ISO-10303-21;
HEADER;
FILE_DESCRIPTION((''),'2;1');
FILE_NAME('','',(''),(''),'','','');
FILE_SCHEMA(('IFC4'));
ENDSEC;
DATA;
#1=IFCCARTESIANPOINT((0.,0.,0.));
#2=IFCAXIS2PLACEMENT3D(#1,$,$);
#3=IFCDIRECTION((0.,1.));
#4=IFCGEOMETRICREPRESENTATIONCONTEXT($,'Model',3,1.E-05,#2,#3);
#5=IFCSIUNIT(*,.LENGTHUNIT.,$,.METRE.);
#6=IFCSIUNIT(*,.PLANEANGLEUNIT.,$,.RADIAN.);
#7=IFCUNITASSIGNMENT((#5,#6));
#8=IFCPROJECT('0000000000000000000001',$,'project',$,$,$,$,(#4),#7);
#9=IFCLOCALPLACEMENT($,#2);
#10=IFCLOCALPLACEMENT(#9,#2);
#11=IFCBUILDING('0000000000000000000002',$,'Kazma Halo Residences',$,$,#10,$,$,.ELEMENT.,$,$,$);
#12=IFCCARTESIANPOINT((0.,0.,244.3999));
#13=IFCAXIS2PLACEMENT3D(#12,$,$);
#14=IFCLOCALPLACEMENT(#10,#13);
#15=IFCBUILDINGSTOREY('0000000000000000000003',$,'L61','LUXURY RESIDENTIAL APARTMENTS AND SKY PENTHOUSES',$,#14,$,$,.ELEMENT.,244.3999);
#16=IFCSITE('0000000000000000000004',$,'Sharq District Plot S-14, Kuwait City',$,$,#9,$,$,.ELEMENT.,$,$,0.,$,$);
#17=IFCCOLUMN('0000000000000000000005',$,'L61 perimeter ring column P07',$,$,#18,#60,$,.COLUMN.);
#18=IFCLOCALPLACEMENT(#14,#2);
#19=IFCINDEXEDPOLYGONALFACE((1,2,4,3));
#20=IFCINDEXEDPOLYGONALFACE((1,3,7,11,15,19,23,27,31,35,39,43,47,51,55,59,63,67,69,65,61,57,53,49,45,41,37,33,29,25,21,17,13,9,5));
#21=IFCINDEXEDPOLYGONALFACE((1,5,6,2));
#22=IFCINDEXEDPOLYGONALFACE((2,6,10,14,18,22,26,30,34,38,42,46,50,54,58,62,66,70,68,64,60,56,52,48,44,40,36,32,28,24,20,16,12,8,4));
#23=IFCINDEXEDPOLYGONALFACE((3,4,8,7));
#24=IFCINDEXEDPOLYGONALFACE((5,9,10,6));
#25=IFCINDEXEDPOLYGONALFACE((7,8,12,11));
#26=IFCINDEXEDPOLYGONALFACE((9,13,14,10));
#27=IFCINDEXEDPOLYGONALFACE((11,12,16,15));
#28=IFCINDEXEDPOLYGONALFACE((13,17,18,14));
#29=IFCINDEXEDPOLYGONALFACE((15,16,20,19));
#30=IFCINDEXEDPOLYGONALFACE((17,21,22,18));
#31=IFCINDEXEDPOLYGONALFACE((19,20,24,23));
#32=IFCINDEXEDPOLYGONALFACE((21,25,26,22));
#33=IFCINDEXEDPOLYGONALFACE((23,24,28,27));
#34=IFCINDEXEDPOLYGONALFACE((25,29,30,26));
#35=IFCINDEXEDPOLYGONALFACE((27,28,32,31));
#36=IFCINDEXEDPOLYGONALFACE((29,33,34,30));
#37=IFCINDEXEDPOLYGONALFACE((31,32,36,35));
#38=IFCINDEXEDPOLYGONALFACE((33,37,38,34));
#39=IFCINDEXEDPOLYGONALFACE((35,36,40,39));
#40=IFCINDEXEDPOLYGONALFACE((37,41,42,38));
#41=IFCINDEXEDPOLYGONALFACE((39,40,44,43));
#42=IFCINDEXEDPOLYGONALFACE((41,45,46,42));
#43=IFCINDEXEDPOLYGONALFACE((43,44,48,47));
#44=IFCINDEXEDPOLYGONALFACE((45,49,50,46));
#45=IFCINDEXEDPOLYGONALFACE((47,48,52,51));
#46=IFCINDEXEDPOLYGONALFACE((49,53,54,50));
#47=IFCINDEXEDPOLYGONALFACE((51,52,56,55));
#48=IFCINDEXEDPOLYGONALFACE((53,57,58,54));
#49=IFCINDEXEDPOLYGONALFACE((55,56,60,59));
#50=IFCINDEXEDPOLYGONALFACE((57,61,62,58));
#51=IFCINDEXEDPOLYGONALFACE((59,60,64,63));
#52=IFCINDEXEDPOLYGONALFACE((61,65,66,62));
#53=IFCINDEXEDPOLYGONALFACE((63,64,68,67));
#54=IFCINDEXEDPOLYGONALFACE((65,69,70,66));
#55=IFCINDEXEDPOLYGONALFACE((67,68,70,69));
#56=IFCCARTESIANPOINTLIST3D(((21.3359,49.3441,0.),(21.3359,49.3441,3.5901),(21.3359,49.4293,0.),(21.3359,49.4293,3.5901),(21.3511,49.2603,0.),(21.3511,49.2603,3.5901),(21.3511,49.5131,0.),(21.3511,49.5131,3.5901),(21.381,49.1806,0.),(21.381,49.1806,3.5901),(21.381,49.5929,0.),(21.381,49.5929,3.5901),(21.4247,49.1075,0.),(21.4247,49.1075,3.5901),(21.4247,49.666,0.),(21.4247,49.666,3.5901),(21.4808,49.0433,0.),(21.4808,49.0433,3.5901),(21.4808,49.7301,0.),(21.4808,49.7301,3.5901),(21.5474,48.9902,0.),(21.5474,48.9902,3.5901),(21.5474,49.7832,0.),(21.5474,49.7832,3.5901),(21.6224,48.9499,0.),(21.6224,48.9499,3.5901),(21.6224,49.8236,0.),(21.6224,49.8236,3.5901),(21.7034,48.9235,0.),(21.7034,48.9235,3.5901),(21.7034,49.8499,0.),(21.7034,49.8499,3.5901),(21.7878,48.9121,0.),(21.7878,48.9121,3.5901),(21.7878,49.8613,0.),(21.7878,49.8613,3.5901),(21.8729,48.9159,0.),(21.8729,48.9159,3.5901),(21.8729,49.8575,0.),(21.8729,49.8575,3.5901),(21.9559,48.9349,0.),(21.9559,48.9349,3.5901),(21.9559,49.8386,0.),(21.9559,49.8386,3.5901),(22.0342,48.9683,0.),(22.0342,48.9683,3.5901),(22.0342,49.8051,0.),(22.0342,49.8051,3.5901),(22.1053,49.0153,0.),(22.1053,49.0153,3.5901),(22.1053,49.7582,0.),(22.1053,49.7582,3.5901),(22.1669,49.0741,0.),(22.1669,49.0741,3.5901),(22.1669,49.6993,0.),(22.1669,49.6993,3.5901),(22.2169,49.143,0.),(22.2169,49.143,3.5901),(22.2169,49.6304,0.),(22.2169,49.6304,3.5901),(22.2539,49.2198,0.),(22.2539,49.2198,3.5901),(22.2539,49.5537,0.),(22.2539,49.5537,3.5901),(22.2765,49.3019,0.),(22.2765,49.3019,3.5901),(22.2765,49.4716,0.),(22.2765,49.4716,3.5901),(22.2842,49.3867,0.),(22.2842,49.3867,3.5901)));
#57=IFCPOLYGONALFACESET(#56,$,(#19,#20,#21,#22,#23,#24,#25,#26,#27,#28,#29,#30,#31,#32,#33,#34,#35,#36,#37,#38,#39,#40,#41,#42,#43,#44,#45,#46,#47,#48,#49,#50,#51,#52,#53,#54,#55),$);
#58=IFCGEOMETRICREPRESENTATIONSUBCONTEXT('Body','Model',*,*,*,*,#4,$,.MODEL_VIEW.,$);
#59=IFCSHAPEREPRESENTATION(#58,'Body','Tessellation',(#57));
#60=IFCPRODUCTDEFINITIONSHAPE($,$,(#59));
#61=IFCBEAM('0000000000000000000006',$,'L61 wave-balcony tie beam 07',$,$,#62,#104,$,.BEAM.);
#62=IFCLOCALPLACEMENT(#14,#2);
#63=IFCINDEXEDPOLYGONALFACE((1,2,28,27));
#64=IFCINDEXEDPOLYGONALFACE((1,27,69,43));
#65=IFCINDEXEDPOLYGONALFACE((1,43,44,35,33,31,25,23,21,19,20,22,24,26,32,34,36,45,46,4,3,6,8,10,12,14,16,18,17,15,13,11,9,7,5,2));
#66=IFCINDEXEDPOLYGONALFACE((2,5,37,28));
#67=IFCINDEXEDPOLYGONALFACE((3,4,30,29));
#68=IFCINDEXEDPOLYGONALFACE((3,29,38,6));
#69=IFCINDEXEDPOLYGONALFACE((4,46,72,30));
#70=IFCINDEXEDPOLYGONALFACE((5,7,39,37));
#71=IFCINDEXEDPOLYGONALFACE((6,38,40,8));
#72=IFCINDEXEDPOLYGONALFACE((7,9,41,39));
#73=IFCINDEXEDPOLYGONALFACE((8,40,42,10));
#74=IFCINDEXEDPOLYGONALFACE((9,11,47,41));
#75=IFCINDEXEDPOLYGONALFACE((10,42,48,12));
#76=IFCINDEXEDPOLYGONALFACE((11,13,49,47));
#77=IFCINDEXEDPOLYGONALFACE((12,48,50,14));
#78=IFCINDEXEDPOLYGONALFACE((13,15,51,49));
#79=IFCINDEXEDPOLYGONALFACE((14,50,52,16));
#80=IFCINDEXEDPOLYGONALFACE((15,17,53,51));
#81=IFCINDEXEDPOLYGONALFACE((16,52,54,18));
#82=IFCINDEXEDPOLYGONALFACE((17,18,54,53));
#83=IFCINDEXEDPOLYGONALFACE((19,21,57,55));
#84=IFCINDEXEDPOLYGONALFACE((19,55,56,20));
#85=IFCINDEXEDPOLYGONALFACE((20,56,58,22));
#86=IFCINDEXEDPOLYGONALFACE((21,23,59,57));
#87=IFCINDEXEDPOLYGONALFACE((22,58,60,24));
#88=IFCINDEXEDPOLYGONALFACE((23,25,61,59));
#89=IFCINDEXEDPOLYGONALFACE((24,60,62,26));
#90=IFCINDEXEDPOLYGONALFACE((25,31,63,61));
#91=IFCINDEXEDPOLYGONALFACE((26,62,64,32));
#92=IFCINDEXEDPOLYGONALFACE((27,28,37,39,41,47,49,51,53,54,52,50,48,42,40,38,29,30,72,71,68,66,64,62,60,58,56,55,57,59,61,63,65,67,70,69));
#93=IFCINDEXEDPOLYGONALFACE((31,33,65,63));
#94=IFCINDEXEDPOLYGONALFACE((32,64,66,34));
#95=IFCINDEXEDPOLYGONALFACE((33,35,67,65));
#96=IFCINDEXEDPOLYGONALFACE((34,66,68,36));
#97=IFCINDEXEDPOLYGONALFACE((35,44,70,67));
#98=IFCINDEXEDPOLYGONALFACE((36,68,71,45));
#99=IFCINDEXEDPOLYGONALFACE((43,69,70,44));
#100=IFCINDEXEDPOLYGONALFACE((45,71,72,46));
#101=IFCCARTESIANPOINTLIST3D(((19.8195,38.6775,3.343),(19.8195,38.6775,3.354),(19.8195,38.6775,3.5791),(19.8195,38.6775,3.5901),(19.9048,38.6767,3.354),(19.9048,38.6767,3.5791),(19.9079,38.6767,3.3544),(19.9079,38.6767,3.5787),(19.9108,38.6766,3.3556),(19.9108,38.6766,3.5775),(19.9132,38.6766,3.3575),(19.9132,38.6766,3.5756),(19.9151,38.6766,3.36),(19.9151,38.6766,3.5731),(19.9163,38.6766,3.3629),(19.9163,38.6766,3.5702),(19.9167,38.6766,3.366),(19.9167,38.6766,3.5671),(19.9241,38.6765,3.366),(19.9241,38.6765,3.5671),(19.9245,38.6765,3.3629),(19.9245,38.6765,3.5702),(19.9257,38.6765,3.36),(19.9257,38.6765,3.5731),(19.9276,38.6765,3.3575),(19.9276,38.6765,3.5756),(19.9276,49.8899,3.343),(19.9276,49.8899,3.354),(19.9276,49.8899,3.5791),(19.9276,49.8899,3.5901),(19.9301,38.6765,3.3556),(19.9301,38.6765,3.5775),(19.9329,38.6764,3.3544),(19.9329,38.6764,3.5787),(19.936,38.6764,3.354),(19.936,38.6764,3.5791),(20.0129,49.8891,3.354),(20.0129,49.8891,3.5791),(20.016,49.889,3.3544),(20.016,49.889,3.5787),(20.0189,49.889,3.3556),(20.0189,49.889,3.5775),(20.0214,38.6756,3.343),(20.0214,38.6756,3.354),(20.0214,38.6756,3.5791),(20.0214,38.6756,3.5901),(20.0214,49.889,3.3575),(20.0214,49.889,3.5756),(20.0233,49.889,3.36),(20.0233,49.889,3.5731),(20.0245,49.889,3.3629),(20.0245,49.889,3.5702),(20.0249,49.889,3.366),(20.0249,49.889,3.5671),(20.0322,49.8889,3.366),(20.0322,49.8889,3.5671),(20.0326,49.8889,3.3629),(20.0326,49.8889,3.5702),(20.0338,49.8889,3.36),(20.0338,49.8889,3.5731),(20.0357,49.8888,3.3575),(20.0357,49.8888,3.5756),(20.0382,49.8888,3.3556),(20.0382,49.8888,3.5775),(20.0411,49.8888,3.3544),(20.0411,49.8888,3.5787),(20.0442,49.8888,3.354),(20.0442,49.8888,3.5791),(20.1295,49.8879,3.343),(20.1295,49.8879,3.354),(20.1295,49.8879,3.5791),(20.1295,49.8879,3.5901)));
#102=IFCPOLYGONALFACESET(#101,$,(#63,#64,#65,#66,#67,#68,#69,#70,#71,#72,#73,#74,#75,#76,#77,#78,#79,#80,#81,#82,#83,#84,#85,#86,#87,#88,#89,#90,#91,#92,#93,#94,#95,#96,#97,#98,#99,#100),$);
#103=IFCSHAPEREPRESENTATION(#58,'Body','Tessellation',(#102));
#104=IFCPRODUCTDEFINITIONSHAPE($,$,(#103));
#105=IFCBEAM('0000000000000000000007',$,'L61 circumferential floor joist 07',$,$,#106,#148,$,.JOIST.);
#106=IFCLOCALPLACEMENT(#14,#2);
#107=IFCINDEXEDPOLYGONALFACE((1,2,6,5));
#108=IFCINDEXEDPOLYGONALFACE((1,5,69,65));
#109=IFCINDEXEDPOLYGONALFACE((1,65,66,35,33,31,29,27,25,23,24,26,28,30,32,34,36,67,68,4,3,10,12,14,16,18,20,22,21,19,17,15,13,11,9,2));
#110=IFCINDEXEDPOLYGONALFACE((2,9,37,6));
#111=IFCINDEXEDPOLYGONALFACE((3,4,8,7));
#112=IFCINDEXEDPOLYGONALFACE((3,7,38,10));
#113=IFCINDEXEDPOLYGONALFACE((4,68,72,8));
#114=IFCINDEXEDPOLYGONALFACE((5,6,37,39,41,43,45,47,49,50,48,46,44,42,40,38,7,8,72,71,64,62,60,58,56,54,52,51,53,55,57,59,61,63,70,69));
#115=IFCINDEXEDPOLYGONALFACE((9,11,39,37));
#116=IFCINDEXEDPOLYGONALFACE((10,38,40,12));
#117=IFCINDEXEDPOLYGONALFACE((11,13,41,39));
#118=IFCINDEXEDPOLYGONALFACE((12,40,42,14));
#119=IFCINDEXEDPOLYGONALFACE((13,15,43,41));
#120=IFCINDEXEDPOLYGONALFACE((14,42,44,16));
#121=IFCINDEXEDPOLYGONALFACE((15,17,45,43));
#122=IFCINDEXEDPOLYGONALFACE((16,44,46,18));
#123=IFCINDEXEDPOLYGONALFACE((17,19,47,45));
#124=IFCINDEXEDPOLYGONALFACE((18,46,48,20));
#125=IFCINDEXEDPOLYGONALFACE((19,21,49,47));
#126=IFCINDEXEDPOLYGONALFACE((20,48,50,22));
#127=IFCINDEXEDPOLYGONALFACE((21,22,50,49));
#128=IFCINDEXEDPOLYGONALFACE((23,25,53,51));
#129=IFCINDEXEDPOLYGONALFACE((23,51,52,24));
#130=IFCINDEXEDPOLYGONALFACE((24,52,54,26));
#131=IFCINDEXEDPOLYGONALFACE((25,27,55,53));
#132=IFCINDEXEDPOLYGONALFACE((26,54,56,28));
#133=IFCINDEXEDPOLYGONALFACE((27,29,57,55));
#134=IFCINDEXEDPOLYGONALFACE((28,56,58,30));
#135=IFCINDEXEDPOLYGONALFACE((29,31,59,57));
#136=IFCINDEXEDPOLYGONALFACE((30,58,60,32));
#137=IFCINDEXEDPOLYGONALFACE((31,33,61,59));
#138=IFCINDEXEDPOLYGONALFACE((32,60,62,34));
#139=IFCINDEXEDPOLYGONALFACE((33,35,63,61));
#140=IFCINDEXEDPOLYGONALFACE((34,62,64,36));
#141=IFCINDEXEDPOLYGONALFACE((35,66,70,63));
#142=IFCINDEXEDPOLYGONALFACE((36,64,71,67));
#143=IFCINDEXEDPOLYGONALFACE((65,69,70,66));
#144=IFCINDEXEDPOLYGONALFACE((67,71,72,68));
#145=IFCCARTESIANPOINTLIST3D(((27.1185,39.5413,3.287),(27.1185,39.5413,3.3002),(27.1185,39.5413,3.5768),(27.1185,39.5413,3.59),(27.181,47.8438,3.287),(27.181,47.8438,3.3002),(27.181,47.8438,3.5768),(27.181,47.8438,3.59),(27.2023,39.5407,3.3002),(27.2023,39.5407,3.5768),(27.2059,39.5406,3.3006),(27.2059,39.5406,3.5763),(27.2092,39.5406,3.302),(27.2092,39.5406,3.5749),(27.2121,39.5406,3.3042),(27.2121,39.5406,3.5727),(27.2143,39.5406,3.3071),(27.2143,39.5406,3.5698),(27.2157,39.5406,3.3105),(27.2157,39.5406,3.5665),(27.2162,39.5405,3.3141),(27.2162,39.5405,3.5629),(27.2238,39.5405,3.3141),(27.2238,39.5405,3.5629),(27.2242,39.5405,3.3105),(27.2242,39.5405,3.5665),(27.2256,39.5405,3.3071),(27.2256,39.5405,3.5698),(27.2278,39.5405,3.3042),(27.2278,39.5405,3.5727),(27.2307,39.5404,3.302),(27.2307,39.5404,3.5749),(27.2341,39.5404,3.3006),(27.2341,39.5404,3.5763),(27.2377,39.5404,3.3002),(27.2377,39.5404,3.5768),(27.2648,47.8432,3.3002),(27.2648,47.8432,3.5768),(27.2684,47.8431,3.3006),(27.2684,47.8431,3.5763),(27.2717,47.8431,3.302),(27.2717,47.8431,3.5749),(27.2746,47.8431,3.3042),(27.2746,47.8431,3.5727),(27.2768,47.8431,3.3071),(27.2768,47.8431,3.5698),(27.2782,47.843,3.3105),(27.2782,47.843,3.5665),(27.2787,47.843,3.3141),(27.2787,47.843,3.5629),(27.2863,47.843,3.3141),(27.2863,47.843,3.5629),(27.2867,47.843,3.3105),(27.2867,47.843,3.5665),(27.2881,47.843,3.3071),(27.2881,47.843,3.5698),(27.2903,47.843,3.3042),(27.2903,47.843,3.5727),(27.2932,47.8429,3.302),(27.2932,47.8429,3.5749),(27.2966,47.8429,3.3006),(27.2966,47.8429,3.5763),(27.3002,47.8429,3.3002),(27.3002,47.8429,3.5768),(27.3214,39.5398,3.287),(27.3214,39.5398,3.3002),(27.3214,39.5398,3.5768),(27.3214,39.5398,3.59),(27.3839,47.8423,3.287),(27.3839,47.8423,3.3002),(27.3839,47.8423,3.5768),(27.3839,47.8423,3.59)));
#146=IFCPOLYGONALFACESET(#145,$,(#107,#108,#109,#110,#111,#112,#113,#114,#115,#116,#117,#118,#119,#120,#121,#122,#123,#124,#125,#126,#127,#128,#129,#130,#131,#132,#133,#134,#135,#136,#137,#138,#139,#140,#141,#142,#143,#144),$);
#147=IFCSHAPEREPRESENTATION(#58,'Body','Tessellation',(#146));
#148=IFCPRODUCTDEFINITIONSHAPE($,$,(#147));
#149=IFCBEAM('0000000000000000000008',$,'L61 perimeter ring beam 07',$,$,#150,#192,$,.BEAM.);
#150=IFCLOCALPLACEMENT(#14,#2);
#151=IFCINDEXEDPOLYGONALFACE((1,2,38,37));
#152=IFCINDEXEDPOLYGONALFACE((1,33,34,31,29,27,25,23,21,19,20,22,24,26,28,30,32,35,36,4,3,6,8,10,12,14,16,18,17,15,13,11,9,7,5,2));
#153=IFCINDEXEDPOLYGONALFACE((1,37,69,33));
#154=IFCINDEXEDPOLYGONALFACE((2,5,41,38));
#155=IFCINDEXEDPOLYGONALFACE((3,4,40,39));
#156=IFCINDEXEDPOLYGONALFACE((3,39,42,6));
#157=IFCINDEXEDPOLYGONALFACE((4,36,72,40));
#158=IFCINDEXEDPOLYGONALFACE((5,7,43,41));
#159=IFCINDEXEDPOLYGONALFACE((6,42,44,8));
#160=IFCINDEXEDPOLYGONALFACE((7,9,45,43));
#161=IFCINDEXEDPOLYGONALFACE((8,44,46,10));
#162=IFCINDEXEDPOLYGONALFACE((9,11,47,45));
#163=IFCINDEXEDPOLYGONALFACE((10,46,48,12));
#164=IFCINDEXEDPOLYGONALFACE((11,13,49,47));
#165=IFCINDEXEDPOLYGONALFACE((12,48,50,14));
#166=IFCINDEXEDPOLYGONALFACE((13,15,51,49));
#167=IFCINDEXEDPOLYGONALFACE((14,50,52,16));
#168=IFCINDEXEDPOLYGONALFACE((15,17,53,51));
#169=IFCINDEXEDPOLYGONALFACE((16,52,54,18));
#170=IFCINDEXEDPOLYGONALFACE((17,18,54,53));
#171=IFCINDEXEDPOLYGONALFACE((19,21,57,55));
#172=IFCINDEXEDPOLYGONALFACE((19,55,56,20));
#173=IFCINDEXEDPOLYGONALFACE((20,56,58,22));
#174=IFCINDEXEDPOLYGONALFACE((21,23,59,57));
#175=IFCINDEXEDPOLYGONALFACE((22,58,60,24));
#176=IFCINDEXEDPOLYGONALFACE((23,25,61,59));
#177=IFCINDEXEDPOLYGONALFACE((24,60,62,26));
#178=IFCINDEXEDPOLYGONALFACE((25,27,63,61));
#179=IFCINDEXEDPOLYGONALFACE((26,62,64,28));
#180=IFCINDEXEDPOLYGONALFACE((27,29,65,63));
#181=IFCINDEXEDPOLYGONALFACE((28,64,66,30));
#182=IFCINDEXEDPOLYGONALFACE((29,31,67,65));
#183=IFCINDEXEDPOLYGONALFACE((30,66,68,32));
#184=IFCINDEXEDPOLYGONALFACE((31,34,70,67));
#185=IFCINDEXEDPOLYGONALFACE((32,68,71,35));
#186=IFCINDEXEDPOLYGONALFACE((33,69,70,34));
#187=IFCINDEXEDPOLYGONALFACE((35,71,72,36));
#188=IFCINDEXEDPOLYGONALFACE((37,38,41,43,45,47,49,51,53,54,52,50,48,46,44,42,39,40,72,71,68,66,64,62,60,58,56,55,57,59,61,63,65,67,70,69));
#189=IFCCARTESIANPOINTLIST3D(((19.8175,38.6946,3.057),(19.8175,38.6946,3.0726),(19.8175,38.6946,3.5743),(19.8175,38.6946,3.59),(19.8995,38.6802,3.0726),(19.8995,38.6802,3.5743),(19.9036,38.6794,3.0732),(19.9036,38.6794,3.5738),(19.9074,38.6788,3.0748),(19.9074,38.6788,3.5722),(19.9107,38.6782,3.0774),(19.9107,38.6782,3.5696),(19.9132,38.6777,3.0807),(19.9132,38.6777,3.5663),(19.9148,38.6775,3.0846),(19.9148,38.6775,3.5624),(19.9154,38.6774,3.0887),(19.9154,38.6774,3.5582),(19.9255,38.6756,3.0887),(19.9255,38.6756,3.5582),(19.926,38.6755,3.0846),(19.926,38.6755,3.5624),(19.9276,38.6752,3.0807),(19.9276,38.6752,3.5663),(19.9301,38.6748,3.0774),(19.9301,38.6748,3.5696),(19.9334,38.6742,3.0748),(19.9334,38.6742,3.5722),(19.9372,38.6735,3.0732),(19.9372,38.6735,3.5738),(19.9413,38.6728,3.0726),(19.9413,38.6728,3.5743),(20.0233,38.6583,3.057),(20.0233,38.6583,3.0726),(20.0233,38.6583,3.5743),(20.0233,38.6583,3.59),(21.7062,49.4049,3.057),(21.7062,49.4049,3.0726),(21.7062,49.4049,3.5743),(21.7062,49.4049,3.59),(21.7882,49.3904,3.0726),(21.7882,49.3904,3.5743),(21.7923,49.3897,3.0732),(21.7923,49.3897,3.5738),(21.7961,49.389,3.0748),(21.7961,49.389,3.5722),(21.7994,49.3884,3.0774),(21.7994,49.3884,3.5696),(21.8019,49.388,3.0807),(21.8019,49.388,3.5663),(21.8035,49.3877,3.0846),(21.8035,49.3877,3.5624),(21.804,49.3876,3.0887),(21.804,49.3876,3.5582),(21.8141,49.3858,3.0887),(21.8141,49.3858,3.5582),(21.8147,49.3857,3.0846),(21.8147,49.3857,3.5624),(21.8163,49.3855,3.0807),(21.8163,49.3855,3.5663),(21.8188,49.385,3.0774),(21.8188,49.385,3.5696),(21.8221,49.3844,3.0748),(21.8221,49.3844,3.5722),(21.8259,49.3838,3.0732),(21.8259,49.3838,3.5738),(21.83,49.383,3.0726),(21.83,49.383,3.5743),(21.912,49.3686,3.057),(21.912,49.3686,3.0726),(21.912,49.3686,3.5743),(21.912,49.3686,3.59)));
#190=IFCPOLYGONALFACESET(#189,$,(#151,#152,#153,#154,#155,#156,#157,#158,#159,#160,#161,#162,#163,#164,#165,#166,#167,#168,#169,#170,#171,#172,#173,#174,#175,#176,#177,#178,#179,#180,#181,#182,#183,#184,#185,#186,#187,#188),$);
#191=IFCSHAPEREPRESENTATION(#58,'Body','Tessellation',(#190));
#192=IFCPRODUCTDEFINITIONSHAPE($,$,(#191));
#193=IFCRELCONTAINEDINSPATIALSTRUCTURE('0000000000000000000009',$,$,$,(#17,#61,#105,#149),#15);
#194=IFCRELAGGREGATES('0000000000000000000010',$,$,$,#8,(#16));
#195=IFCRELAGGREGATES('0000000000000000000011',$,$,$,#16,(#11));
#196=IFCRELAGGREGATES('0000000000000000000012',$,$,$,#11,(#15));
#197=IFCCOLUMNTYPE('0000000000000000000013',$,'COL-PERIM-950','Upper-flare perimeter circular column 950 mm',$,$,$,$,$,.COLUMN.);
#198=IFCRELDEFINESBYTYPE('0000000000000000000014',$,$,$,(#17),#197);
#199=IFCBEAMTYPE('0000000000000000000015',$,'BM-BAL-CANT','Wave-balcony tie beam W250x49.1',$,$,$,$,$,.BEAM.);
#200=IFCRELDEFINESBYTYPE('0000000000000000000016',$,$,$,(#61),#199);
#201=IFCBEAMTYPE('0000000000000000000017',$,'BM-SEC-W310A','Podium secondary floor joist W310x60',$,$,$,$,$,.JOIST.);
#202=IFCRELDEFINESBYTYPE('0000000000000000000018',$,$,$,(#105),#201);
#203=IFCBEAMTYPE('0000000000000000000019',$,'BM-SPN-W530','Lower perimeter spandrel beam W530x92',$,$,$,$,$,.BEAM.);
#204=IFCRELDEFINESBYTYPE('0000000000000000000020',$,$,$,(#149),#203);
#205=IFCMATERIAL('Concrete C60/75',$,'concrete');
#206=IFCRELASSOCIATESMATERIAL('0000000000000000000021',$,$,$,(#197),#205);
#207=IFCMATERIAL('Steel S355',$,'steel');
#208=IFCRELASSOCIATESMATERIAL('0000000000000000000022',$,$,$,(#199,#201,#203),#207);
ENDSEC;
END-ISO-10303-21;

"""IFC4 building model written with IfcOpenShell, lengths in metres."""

from ifc_helpers import new_model, si_unit, direction, frame, origin, origin_2d, place, context, subcontext, project, spatial, circle, i_section, extrude, material, material_profile, profile_set, type_object, element, save


model = new_model("IFC4")

# Units and contexts
model_context = context("Model", 3, precision=1e-05, world=origin(), true_north=direction((0.0, 1.0)))
body_context = subcontext(model_context, "Body", "Model", "MODEL_VIEW")
ifc_project = project(units=[si_unit("LENGTHUNIT", "METRE"), si_unit("PLANEANGLEUNIT", "RADIAN")], contexts=[model_context])

# Site, building, storey
site_placement = place(None, origin())
site = spatial("IfcSite", under=ifc_project, at=site_placement, Name="Sharq District Plot S-14, Kuwait City", CompositionType="ELEMENT", RefElevation=0.0)
building_placement = place(site_placement, origin())
building = spatial("IfcBuilding", under=site, at=building_placement, Name="Kazma Halo Residences", CompositionType="ELEMENT")
storey_placement = place(building_placement, frame((0.0, 0.0, 244.3999)))
storey = spatial("IfcBuildingStorey", under=building, at=storey_placement, Name="L61", Description="LUXURY RESIDENTIAL APARTMENTS AND SKY PENTHOUSES", CompositionType="ELEMENT", Elevation=244.3999)

# Column
ifc_material_1 = material(Name="Concrete C60/75", Category="concrete")
ifc_material_profile_1 = material_profile(ifc_material_1, circle(Radius=0.4751, at=origin_2d()), Name="CIRC950")
ifc_profile_set_1 = profile_set([ifc_material_profile_1], Name="Concrete C60/75")
column_type = type_object("IfcColumnType", Name="COL-PERIM-950", Description="Upper-flare perimeter circular column 950 mm", PredefinedType="COLUMN", material=ifc_profile_set_1)
column_placement = place(storey_placement, frame((21.8091, 49.3867, 0.0), z_axis=(0.0, 0.0, 1.0), x_axis=(1.0, 0.0, 0.0)))
element("IfcColumn", 1, at=column_placement, inside=storey, type_object=column_type, Name="L61 perimeter ring column P07", PredefinedType="COLUMN", context=body_context, shape_type="SweptSolid", body=[
    extrude(circle(Radius=0.4751, at=origin_2d()), origin(), (0.0, 0.0, 1.0), 3.5901),
])

# Beams
ifc_material_2 = material(Name="Steel S355", Category="steel")
ifc_material_profile_2 = material_profile(ifc_material_2, i_section(OverallWidth=0.2019, OverallDepth=0.2471, WebThickness=0.0073, FlangeThickness=0.011, FilletRadius=0.012, at=origin_2d()), Name="W250x49.1")
ifc_profile_set_2 = profile_set([ifc_material_profile_2], Name="Steel S355")
beam_type_1 = type_object("IfcBeamType", Name="BM-BAL-CANT", Description="Wave-balcony tie beam W250x49.1", PredefinedType="BEAM", material=ifc_profile_set_2)
beam_1_placement = place(storey_placement, frame((20.0286, 49.8889, 3.4666), z_axis=(-0.009646, -0.999953, 0.0), x_axis=(0.999953, -0.009646, 0.0)))
element("IfcBeam", 2, at=beam_1_placement, inside=storey, type_object=beam_type_1, Name="L61 wave-balcony tie beam 07", PredefinedType="BEAM", context=body_context, shape_type="SweptSolid", body=[
    extrude(i_section(OverallWidth=0.2019, OverallDepth=0.2471, WebThickness=0.0073, FlangeThickness=0.011, FilletRadius=0.012, at=origin_2d()), origin(), (0.0, 0.0, 1.0), 11.2129),
])
ifc_material_profile_3 = material_profile(ifc_material_2, i_section(OverallWidth=0.2029, OverallDepth=0.303, WebThickness=0.0076, FlangeThickness=0.0132, FilletRadius=0.0139, at=origin_2d()), Name="W310x60")
ifc_profile_set_3 = profile_set([ifc_material_profile_3], Name="Steel S355")
beam_type_2 = type_object("IfcBeamType", Name="BM-SEC-W310A", Description="Podium secondary floor joist W310x60", PredefinedType="JOIST", material=ifc_profile_set_3)
beam_2_placement = place(storey_placement, frame((27.2825, 47.843, 3.4385), z_axis=(-0.007528, -0.999972, 0.0), x_axis=(0.999972, -0.007528, 0.0)))
element("IfcBeam", 3, at=beam_2_placement, inside=storey, type_object=beam_type_2, Name="L61 circumferential floor joist 07", PredefinedType="JOIST", context=body_context, shape_type="SweptSolid", body=[
    extrude(i_section(OverallWidth=0.2029, OverallDepth=0.303, WebThickness=0.0076, FlangeThickness=0.0132, FilletRadius=0.0139, at=origin_2d()), origin(), (0.0, 0.0, 1.0), 8.3027),
])
ifc_material_profile_4 = material_profile(ifc_material_2, i_section(OverallWidth=0.209, OverallDepth=0.533, WebThickness=0.0103, FlangeThickness=0.0156, FilletRadius=0.0161, at=origin_2d()), Name="W530x92")
ifc_profile_set_4 = profile_set([ifc_material_profile_4], Name="Steel S355")
beam_type_3 = type_object("IfcBeamType", Name="BM-SPN-W530", Description="Lower perimeter spandrel beam W530x92", PredefinedType="BEAM", material=ifc_profile_set_4)
beam_3_placement = place(storey_placement, frame((21.8091, 49.3867, 3.3235), z_axis=(-0.173664, -0.984805, 0.0), x_axis=(0.984805, -0.173664, 0.0)))
element("IfcBeam", 4, at=beam_3_placement, inside=storey, type_object=beam_type_3, Name="L61 perimeter ring beam 07", PredefinedType="BEAM", context=body_context, shape_type="SweptSolid", body=[
    extrude(i_section(OverallWidth=0.209, OverallDepth=0.533, WebThickness=0.0103, FlangeThickness=0.0156, FilletRadius=0.0161, at=origin_2d()), origin(), (0.0, 0.0, 1.0), 10.8755),
])

save(model, "model.ifc")
